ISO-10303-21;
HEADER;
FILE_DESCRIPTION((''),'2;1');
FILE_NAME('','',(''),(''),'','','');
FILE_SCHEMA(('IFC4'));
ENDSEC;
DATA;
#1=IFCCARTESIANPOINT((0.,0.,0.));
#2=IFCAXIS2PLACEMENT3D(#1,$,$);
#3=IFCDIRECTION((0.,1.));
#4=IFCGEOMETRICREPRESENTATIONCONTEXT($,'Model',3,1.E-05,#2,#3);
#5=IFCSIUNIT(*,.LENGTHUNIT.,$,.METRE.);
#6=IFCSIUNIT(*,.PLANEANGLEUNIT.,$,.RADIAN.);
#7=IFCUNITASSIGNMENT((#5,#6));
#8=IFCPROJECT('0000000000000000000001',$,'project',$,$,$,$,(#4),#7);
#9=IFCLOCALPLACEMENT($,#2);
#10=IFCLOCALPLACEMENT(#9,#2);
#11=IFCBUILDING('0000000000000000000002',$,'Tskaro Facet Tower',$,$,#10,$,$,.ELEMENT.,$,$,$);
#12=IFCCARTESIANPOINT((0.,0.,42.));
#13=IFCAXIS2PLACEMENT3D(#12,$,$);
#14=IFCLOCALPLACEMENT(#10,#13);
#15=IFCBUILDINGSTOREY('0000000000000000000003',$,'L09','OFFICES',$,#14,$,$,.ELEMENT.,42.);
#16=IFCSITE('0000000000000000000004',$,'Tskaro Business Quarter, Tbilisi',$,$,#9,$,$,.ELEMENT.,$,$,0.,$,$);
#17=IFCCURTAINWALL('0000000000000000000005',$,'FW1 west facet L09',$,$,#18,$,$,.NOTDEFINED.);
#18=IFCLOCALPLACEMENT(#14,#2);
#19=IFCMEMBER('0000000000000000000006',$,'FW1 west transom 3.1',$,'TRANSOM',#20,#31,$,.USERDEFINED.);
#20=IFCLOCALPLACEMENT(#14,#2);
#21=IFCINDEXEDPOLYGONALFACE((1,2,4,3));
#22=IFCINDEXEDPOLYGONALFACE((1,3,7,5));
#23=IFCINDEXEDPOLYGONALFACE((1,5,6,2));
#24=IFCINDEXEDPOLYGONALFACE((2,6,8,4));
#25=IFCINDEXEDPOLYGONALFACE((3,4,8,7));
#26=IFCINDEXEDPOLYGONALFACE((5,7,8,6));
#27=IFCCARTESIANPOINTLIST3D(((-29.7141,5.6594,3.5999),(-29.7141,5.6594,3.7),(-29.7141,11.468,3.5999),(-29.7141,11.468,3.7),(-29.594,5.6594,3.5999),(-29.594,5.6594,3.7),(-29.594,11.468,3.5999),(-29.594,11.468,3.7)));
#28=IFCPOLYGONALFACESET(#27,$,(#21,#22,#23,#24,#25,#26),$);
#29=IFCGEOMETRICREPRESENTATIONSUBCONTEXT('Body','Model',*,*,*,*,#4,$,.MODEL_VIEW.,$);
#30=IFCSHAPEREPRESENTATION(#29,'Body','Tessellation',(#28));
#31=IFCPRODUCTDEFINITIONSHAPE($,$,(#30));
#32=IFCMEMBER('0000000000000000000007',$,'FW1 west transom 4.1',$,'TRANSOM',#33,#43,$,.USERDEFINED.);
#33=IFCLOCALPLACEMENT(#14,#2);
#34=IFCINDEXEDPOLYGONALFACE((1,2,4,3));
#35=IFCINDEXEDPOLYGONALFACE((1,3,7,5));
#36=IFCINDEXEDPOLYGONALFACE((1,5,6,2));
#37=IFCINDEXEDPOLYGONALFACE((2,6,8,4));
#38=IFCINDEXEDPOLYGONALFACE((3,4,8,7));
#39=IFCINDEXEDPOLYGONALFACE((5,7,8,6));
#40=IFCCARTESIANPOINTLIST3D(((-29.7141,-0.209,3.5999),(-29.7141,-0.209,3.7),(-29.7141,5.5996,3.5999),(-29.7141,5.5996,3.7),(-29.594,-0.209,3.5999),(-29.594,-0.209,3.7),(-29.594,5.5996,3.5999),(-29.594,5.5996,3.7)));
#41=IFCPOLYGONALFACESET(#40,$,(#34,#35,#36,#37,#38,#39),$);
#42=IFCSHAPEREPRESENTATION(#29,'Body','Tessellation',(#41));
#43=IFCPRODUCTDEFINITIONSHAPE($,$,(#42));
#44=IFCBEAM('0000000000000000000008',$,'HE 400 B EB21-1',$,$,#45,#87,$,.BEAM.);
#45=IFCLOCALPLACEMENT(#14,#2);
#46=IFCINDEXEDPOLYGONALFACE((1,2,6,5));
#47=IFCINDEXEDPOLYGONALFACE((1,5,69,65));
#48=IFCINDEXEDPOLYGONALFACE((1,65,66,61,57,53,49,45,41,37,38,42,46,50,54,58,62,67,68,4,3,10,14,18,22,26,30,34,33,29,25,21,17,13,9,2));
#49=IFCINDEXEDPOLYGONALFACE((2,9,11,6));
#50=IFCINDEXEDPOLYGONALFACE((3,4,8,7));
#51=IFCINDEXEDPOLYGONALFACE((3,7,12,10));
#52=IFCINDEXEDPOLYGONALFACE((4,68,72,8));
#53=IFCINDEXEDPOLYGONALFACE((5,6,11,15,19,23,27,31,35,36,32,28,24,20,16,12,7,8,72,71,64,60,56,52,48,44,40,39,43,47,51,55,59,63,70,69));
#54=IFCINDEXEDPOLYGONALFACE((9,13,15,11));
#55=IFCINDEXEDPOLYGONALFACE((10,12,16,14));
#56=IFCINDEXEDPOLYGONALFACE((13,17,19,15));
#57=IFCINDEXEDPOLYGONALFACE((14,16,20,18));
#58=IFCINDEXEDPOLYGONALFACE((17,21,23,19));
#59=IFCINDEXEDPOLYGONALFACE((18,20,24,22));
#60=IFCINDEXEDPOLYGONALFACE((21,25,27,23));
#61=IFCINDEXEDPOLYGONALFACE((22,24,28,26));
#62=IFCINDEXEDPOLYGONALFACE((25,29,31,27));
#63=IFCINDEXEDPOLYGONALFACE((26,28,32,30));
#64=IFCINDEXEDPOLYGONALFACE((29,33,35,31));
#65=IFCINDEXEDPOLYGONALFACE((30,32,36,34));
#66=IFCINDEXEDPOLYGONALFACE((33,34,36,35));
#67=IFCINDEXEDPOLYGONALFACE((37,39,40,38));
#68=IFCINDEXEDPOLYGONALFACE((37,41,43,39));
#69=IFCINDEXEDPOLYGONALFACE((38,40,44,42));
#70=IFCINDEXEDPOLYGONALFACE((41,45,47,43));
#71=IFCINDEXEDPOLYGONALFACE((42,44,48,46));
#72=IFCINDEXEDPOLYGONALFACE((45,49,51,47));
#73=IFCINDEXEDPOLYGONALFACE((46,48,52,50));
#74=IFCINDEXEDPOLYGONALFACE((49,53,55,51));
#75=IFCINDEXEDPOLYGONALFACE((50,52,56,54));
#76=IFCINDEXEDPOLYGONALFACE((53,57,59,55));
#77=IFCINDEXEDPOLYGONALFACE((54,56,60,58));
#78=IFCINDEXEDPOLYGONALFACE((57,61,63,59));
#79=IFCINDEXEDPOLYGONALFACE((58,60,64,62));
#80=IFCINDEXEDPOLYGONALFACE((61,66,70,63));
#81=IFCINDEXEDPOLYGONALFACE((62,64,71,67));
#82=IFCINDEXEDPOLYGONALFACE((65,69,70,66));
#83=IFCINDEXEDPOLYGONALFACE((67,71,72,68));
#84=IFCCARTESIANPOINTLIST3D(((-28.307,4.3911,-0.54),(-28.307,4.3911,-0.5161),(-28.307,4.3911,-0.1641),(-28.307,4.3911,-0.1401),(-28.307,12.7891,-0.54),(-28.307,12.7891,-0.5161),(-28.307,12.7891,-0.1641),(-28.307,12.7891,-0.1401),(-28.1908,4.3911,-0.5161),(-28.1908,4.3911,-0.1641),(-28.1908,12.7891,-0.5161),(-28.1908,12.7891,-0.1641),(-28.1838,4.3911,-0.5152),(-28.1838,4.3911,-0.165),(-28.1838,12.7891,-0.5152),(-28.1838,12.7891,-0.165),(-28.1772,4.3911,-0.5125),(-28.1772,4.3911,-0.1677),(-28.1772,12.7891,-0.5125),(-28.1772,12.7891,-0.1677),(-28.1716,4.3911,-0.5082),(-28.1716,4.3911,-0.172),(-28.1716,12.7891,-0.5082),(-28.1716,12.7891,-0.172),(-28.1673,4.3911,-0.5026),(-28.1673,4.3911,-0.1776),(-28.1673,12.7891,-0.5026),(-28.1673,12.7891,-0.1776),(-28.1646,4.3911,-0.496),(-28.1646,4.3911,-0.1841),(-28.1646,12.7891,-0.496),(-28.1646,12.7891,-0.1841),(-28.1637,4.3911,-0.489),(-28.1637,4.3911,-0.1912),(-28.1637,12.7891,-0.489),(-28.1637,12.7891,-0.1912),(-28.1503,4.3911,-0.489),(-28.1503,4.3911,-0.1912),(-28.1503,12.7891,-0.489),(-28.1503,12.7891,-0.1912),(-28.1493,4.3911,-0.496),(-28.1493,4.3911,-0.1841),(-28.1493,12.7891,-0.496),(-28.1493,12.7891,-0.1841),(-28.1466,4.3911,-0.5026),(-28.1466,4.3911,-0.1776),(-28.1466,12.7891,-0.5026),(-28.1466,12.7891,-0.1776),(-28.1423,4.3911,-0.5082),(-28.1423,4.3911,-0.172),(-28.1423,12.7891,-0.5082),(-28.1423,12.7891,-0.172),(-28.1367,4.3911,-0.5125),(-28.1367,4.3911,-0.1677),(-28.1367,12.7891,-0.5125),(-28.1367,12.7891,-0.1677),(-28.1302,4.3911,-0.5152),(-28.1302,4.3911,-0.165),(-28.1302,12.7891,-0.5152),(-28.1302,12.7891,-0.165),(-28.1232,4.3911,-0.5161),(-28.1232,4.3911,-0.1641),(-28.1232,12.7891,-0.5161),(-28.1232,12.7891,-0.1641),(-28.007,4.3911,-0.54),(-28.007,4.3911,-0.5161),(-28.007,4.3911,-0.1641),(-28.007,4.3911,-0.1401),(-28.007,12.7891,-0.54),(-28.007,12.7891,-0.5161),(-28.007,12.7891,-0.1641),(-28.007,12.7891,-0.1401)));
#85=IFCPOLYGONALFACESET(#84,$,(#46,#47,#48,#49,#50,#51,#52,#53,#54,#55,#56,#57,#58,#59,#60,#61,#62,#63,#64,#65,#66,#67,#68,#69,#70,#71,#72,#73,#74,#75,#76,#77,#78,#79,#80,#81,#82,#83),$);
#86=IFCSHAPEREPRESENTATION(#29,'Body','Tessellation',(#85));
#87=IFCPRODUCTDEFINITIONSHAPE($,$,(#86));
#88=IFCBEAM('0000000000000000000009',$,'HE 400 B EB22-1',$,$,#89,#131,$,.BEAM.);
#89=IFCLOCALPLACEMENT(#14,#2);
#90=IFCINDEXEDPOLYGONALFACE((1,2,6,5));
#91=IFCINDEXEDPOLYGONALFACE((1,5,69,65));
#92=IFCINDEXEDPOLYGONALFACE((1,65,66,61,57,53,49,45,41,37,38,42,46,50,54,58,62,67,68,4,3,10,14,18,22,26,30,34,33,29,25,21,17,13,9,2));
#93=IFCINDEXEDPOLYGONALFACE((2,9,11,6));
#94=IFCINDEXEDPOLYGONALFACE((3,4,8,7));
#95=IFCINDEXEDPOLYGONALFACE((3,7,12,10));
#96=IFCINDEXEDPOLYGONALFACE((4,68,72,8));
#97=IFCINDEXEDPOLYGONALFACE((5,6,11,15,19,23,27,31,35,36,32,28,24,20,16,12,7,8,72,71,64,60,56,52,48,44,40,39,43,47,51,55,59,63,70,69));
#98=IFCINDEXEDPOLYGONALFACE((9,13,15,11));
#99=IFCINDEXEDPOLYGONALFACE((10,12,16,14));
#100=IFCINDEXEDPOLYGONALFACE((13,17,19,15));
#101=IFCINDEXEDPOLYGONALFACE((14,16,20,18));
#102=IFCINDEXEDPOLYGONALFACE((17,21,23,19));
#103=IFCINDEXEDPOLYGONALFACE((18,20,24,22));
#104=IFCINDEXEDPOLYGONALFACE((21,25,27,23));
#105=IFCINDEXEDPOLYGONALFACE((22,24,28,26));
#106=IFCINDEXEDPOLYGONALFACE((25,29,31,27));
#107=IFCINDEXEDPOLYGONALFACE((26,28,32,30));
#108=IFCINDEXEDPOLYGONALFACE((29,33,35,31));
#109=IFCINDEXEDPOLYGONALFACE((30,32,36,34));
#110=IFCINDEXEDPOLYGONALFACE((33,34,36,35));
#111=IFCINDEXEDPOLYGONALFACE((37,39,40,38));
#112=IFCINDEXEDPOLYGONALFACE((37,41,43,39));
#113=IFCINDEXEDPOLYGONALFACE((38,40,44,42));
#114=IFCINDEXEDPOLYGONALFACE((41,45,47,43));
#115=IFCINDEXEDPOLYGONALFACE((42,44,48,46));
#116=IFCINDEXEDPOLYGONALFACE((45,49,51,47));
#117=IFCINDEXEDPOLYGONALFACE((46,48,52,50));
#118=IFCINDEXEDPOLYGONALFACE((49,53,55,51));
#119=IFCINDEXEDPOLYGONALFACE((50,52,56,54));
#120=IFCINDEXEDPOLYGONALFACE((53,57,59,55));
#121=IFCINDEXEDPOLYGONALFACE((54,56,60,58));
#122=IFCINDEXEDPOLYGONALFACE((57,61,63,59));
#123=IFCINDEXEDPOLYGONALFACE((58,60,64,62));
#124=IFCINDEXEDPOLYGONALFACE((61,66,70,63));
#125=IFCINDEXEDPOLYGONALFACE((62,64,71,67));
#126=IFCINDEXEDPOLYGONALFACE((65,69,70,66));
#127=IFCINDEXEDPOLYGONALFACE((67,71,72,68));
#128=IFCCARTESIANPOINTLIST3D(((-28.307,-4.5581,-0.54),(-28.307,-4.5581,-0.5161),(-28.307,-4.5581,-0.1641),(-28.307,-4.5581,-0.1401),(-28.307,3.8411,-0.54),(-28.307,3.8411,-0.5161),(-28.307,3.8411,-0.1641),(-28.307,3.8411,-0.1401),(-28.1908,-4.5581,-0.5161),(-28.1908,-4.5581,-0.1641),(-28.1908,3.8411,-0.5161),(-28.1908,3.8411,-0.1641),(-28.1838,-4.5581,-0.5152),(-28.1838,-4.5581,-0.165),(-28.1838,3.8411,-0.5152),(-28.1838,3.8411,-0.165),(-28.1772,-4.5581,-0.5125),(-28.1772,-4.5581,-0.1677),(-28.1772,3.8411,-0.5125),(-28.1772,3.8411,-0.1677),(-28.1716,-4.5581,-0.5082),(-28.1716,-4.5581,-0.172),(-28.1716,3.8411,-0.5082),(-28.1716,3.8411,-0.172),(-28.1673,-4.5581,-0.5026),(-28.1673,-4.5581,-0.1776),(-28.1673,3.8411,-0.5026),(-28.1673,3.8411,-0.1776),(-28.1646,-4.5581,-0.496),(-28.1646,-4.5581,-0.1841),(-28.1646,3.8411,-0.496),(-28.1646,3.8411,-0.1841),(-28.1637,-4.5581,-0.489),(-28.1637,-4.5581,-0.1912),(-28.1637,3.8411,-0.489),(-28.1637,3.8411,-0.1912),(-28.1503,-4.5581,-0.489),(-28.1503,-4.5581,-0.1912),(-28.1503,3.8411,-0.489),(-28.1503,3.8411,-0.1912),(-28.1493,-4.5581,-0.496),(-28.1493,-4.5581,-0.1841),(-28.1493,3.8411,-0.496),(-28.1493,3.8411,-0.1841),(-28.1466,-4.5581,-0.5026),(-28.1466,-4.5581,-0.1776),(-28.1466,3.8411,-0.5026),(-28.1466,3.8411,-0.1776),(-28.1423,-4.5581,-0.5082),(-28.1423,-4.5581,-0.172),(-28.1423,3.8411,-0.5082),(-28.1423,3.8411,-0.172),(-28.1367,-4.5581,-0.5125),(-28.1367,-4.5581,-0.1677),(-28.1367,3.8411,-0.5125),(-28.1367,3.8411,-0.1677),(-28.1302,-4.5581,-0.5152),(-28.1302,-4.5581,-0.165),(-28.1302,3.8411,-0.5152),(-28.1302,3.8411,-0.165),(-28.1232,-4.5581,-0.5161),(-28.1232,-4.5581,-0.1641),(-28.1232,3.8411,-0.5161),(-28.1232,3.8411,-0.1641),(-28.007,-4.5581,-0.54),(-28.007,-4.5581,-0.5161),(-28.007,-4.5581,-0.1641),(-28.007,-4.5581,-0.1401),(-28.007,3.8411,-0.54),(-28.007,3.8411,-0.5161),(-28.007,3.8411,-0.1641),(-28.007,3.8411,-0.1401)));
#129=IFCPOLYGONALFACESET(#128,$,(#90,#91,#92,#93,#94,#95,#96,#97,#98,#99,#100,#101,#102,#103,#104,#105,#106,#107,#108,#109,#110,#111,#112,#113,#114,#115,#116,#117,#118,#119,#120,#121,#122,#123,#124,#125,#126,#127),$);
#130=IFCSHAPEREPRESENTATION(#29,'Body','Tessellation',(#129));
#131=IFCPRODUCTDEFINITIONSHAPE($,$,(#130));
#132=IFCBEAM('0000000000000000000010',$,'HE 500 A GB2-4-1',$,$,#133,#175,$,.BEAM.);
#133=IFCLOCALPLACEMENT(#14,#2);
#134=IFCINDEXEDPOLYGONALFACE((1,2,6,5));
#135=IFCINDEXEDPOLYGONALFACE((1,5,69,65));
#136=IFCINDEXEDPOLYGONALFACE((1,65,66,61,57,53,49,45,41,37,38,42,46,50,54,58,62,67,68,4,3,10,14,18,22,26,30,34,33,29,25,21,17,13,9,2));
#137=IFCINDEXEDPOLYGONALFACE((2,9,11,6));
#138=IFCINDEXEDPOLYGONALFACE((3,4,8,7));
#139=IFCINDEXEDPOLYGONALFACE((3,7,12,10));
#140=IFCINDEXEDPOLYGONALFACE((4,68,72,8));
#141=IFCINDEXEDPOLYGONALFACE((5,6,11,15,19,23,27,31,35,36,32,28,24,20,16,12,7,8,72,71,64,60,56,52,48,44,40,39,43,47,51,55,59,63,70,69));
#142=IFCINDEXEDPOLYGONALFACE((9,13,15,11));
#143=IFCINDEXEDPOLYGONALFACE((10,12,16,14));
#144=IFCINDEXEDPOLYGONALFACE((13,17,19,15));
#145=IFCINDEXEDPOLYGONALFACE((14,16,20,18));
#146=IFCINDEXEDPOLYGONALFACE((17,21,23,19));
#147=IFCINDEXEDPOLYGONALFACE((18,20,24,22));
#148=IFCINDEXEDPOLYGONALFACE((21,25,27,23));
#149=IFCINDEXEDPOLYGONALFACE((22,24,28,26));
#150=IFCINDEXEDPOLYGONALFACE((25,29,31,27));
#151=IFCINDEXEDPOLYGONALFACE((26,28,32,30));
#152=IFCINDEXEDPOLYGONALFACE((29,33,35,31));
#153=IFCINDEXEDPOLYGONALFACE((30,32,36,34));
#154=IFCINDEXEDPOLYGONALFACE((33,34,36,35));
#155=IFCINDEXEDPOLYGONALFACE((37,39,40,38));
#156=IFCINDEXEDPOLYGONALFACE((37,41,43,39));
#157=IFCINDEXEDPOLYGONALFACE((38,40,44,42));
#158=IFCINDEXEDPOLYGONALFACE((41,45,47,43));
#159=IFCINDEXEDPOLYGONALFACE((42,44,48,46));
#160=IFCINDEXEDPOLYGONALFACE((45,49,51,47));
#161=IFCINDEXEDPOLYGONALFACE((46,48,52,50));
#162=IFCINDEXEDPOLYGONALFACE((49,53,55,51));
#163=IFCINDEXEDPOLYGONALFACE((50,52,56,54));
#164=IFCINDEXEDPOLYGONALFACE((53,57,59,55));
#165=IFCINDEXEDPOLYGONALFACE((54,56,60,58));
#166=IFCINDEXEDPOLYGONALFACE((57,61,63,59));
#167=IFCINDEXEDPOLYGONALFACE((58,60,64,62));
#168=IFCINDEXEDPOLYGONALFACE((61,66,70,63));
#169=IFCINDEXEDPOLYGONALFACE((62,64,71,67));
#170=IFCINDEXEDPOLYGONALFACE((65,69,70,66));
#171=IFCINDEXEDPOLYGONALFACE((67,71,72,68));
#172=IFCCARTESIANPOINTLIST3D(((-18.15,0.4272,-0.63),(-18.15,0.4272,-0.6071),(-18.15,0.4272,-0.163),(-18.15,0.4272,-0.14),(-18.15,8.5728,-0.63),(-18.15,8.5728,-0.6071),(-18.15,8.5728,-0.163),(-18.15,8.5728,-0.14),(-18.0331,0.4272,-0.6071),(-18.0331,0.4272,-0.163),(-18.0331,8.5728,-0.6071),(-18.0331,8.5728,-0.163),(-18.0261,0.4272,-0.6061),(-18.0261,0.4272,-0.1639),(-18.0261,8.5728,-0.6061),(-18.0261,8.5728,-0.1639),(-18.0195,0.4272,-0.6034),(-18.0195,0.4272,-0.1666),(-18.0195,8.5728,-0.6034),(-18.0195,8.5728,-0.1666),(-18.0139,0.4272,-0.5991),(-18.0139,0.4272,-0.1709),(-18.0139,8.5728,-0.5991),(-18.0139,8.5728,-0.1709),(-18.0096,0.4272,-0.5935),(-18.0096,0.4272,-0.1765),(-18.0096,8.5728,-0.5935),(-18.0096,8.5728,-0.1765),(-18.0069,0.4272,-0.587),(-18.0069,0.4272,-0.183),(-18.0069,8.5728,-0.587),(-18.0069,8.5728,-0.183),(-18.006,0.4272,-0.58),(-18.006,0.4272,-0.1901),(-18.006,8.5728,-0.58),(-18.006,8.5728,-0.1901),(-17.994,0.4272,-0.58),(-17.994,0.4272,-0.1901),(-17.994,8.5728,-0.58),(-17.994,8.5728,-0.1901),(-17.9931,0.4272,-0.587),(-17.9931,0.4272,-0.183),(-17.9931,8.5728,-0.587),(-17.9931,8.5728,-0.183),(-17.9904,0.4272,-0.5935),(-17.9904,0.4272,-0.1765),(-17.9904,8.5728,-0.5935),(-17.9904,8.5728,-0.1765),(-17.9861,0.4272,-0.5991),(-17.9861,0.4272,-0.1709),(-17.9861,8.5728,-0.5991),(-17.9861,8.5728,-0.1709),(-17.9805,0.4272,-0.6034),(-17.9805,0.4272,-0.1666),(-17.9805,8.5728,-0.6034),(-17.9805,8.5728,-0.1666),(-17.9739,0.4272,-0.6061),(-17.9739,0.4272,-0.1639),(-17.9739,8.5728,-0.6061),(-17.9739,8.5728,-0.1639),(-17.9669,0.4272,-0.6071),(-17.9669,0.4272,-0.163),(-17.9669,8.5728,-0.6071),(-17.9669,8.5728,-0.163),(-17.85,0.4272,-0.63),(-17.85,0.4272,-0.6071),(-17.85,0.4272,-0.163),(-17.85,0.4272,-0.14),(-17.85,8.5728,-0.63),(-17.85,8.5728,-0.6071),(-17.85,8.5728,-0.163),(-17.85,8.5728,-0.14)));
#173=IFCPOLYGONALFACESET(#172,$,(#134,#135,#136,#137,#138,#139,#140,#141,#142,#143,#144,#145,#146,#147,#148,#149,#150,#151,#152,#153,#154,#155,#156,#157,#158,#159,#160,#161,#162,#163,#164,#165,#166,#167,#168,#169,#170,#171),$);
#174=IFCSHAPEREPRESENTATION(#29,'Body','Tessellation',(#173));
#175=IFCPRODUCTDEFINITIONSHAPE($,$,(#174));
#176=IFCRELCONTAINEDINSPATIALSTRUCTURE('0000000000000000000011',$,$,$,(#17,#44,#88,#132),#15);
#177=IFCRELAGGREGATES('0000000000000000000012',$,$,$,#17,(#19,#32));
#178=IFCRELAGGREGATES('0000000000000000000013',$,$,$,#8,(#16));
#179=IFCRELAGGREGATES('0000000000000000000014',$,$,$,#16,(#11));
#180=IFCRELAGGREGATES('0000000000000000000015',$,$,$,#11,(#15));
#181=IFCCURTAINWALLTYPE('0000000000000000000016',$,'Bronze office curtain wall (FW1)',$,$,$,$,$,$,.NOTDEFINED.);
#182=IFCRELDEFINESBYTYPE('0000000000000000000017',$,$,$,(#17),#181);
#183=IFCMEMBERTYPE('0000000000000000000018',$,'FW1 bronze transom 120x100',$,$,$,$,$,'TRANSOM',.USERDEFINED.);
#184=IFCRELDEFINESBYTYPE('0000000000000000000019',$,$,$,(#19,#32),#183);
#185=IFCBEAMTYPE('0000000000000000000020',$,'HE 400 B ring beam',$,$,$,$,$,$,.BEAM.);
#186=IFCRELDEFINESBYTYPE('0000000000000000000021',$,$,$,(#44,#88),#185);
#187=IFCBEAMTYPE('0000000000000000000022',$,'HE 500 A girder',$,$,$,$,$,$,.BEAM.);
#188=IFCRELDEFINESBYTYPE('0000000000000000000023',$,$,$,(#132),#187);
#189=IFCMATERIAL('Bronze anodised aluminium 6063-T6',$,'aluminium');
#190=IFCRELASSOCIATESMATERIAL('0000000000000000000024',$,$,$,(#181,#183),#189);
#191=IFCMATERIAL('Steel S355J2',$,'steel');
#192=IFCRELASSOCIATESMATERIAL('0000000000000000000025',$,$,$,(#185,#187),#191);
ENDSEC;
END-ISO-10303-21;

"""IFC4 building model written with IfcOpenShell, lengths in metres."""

from ifc_helpers import new_model, si_unit, direction, frame, origin, origin_2d, place, context, subcontext, project, spatial, rectangle, i_section, extrude, material, material_profile, profile_set, type_object, element, aggregate, save


model = new_model("IFC4")

# Units and contexts
model_context = context("Model", 3, precision=1e-05, world=origin(), true_north=direction((0.0, 1.0)))
body_context = subcontext(model_context, "Body", "Model", "MODEL_VIEW")
ifc_project = project(units=[si_unit("LENGTHUNIT", "METRE"), si_unit("PLANEANGLEUNIT", "RADIAN")], contexts=[model_context])

# Site, building, storey
site_placement = place(None, origin())
site = spatial("IfcSite", under=ifc_project, at=site_placement, Name="Tskaro Business Quarter, Tbilisi", CompositionType="ELEMENT", RefElevation=0.0)
building_placement = place(site_placement, origin())
building = spatial("IfcBuilding", under=site, at=building_placement, Name="Tskaro Facet Tower", CompositionType="ELEMENT")
storey_placement = place(building_placement, frame((0.0, 0.0, 42.0)))
storey = spatial("IfcBuildingStorey", under=building, at=storey_placement, Name="L09", Description="OFFICES", CompositionType="ELEMENT", Elevation=42.0)

# Curtain wall, members
ifc_material_1 = material(Name="Bronze anodised aluminium 6063-T6", Category="aluminium")
curtain_wall_type = type_object("IfcCurtainWallType", Name="Bronze office curtain wall (FW1)", PredefinedType="NOTDEFINED", material=ifc_material_1)
curtain_wall_placement = place(storey_placement, origin())
curtain_wall = element("IfcCurtainWall", 1, at=curtain_wall_placement, inside=storey, type_object=curtain_wall_type, Name="FW1 west facet L09", PredefinedType="NOTDEFINED")
ifc_material_profile_1 = material_profile(ifc_material_1, rectangle(XDim=0.1201, YDim=0.1001, at=origin_2d()), Name="Transom 120x100")
ifc_profile_set_1 = profile_set([ifc_material_profile_1], Name="Bronze anodised aluminium 6063-T6")
member_type_1 = type_object("IfcMemberType", Name="FW1 bronze transom 120x100", ElementType="TRANSOM", PredefinedType="USERDEFINED", material=ifc_profile_set_1)
member_1_placement = place(storey_placement, frame((-29.6541, 11.468, 3.6499), z_axis=(0.0, -1.0, 0.0), x_axis=(1.0, 0.0, 0.0)))
member_1 = element("IfcMember", 2, at=member_1_placement, type_object=member_type_1, Name="FW1 west transom 3.1", ObjectType="TRANSOM", PredefinedType="USERDEFINED", context=body_context, shape_type="SweptSolid", body=[
    extrude(rectangle(XDim=0.1201, YDim=0.1001, at=origin_2d()), origin(), (0.0, 0.0, 1.0), 5.8086),
])
member_2_placement = place(storey_placement, frame((-29.6541, 5.5996, 3.6499), z_axis=(0.0, -1.0, 0.0), x_axis=(1.0, 0.0, 0.0)))
member_2 = element("IfcMember", 3, at=member_2_placement, type_object=member_type_1, Name="FW1 west transom 4.1", ObjectType="TRANSOM", PredefinedType="USERDEFINED", context=body_context, shape_type="SweptSolid", body=[
    extrude(rectangle(XDim=0.1201, YDim=0.1001, at=origin_2d()), origin(), (0.0, 0.0, 1.0), 5.8086),
])

# Beams
ifc_material_2 = material(Name="Steel S355J2", Category="steel")
ifc_material_profile_2 = material_profile(ifc_material_2, i_section(OverallWidth=0.3, OverallDepth=0.3999, WebThickness=0.0134, FlangeThickness=0.0239, FilletRadius=0.0271, at=origin_2d()), Name="HE 400 B")
ifc_profile_set_2 = profile_set([ifc_material_profile_2], Name="Steel S355J2")
beam_type_1 = type_object("IfcBeamType", Name="HE 400 B ring beam", PredefinedType="BEAM", material=ifc_profile_set_2)
beam_1_placement = place(storey_placement, frame((-28.157, 12.7891, -0.3401), z_axis=(0.0, -1.0, 0.0), x_axis=(1.0, 0.0, 0.0)))
element("IfcBeam", 4, at=beam_1_placement, inside=storey, type_object=beam_type_1, Name="HE 400 B EB21-1", PredefinedType="BEAM", context=body_context, shape_type="SweptSolid", body=[
    extrude(i_section(OverallWidth=0.3, OverallDepth=0.3999, WebThickness=0.0134, FlangeThickness=0.0239, FilletRadius=0.0271, at=origin_2d()), origin(), (0.0, 0.0, 1.0), 8.3979),
])
beam_2_placement = place(storey_placement, frame((-28.157, 3.8411, -0.3401), z_axis=(0.0, -1.0, 0.0), x_axis=(1.0, 0.0, 0.0)))
element("IfcBeam", 5, at=beam_2_placement, inside=storey, type_object=beam_type_1, Name="HE 400 B EB22-1", PredefinedType="BEAM", context=body_context, shape_type="SweptSolid", body=[
    extrude(i_section(OverallWidth=0.3, OverallDepth=0.3999, WebThickness=0.0134, FlangeThickness=0.0239, FilletRadius=0.0271, at=origin_2d()), origin(), (0.0, 0.0, 1.0), 8.3992),
])
ifc_material_profile_3 = material_profile(ifc_material_2, i_section(OverallWidth=0.3, OverallDepth=0.49, WebThickness=0.012, FlangeThickness=0.0229, FilletRadius=0.0271, at=origin_2d()), Name="HE 500 A")
ifc_profile_set_3 = profile_set([ifc_material_profile_3], Name="Steel S355J2")
beam_type_2 = type_object("IfcBeamType", Name="HE 500 A girder", PredefinedType="BEAM", material=ifc_profile_set_3)
beam_3_placement = place(storey_placement, frame((-18.0, 0.4272, -0.385), z_axis=(0.0, 1.0, 0.0), x_axis=(-1.0, 0.0, 0.0)))
element("IfcBeam", 6, at=beam_3_placement, inside=storey, type_object=beam_type_2, Name="HE 500 A GB2-4-1", PredefinedType="BEAM", context=body_context, shape_type="SweptSolid", body=[
    extrude(i_section(OverallWidth=0.3, OverallDepth=0.49, WebThickness=0.012, FlangeThickness=0.0229, FilletRadius=0.0271, at=origin_2d()), origin(), (0.0, 0.0, 1.0), 8.1455),
])

aggregate(curtain_wall, [member_1, member_2])

save(model, "model.ifc")
